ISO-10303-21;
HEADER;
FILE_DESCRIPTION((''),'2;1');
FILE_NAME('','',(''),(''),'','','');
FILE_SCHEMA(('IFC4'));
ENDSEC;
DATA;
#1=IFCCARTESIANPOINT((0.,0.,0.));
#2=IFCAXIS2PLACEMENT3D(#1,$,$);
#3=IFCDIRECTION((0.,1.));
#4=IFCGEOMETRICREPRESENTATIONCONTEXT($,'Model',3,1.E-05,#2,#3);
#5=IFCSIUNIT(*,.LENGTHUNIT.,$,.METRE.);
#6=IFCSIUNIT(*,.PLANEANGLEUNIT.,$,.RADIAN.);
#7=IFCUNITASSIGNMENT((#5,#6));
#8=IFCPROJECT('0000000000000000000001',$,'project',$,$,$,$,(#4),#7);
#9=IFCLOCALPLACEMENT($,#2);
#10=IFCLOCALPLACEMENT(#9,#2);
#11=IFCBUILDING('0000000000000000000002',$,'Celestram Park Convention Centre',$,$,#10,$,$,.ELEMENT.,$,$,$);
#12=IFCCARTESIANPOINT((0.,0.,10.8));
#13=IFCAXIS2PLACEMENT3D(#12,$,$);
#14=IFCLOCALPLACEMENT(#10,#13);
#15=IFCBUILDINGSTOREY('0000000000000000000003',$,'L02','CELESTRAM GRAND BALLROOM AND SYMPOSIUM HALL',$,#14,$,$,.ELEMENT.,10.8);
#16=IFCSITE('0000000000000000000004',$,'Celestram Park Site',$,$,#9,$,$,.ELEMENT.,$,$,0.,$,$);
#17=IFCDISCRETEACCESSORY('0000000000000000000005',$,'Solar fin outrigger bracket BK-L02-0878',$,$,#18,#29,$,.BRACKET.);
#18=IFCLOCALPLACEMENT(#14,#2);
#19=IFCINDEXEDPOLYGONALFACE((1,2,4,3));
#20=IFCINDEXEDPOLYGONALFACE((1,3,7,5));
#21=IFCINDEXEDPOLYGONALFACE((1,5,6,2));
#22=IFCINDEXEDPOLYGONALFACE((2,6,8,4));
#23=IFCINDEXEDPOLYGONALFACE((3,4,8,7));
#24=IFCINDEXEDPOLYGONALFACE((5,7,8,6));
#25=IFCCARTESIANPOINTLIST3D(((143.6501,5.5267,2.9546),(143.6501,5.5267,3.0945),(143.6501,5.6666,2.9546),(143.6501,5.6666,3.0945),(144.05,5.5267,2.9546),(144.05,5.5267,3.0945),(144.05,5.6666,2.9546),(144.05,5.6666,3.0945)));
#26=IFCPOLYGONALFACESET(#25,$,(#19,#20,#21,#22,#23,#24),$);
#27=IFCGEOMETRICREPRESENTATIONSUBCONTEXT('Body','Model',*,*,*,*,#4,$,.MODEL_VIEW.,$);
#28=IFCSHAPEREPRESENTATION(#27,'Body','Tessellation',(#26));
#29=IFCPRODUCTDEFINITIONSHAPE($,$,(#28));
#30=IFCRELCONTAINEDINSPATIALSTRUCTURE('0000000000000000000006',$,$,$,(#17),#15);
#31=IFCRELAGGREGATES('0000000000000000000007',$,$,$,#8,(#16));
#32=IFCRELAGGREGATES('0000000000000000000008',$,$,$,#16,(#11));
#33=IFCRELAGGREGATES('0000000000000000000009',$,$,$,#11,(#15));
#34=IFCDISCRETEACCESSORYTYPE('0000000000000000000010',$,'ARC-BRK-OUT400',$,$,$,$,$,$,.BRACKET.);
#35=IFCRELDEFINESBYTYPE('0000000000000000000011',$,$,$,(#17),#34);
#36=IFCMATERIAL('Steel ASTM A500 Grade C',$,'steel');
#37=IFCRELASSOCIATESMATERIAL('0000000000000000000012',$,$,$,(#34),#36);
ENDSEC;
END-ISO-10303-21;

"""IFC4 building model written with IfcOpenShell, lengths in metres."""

from ifc_helpers import new_model, si_unit, direction, frame, origin, origin_2d, place, context, subcontext, project, spatial, rectangle, extrude, material, type_object, element, save


model = new_model("IFC4")

# Units and contexts
model_context = context("Model", 3, precision=1e-05, world=origin(), true_north=direction((0.0, 1.0)))
body_context = subcontext(model_context, "Body", "Model", "MODEL_VIEW")
ifc_project = project(units=[si_unit("LENGTHUNIT", "METRE"), si_unit("PLANEANGLEUNIT", "RADIAN")], contexts=[model_context])

# Site, building, storey
site_placement = place(None, origin())
site = spatial("IfcSite", under=ifc_project, at=site_placement, Name="Celestram Park Site", CompositionType="ELEMENT", RefElevation=0.0)
building_placement = place(site_placement, origin())
building = spatial("IfcBuilding", under=site, at=building_placement, Name="Celestram Park Convention Centre", CompositionType="ELEMENT")
storey_placement = place(building_placement, frame((0.0, 0.0, 10.8)))
storey = spatial("IfcBuildingStorey", under=building, at=storey_placement, Name="L02", Description="CELESTRAM GRAND BALLROOM AND SYMPOSIUM HALL", CompositionType="ELEMENT", Elevation=10.8)

# Shared definitions
ifc_material_1 = material(Name="Steel ASTM A500 Grade C", Category="steel")

# Discrete accessory
discrete_accessory_type = type_object("IfcDiscreteAccessoryType", Name="ARC-BRK-OUT400", PredefinedType="BRACKET", material=ifc_material_1)
for number, where, z_axis, x_axis, name in (
    (1, (143.8501, 5.5967, 2.9546), (0.0, 0.0, 1.0), (-1.0, 0.0, 0.0), "Solar fin outrigger bracket BK-L02-0878"),
):
    element("IfcDiscreteAccessory", number, at=place(storey_placement, frame(where, z_axis=z_axis, x_axis=x_axis)), inside=storey, type_object=discrete_accessory_type, Name=name, PredefinedType="BRACKET", context=body_context, shape_type="SweptSolid", body=[
        extrude(rectangle(XDim=0.3999, YDim=0.1399, at=origin_2d()), origin(), (0.0, 0.0, 1.0), 0.1399),
    ])

save(model, "model.ifc")
